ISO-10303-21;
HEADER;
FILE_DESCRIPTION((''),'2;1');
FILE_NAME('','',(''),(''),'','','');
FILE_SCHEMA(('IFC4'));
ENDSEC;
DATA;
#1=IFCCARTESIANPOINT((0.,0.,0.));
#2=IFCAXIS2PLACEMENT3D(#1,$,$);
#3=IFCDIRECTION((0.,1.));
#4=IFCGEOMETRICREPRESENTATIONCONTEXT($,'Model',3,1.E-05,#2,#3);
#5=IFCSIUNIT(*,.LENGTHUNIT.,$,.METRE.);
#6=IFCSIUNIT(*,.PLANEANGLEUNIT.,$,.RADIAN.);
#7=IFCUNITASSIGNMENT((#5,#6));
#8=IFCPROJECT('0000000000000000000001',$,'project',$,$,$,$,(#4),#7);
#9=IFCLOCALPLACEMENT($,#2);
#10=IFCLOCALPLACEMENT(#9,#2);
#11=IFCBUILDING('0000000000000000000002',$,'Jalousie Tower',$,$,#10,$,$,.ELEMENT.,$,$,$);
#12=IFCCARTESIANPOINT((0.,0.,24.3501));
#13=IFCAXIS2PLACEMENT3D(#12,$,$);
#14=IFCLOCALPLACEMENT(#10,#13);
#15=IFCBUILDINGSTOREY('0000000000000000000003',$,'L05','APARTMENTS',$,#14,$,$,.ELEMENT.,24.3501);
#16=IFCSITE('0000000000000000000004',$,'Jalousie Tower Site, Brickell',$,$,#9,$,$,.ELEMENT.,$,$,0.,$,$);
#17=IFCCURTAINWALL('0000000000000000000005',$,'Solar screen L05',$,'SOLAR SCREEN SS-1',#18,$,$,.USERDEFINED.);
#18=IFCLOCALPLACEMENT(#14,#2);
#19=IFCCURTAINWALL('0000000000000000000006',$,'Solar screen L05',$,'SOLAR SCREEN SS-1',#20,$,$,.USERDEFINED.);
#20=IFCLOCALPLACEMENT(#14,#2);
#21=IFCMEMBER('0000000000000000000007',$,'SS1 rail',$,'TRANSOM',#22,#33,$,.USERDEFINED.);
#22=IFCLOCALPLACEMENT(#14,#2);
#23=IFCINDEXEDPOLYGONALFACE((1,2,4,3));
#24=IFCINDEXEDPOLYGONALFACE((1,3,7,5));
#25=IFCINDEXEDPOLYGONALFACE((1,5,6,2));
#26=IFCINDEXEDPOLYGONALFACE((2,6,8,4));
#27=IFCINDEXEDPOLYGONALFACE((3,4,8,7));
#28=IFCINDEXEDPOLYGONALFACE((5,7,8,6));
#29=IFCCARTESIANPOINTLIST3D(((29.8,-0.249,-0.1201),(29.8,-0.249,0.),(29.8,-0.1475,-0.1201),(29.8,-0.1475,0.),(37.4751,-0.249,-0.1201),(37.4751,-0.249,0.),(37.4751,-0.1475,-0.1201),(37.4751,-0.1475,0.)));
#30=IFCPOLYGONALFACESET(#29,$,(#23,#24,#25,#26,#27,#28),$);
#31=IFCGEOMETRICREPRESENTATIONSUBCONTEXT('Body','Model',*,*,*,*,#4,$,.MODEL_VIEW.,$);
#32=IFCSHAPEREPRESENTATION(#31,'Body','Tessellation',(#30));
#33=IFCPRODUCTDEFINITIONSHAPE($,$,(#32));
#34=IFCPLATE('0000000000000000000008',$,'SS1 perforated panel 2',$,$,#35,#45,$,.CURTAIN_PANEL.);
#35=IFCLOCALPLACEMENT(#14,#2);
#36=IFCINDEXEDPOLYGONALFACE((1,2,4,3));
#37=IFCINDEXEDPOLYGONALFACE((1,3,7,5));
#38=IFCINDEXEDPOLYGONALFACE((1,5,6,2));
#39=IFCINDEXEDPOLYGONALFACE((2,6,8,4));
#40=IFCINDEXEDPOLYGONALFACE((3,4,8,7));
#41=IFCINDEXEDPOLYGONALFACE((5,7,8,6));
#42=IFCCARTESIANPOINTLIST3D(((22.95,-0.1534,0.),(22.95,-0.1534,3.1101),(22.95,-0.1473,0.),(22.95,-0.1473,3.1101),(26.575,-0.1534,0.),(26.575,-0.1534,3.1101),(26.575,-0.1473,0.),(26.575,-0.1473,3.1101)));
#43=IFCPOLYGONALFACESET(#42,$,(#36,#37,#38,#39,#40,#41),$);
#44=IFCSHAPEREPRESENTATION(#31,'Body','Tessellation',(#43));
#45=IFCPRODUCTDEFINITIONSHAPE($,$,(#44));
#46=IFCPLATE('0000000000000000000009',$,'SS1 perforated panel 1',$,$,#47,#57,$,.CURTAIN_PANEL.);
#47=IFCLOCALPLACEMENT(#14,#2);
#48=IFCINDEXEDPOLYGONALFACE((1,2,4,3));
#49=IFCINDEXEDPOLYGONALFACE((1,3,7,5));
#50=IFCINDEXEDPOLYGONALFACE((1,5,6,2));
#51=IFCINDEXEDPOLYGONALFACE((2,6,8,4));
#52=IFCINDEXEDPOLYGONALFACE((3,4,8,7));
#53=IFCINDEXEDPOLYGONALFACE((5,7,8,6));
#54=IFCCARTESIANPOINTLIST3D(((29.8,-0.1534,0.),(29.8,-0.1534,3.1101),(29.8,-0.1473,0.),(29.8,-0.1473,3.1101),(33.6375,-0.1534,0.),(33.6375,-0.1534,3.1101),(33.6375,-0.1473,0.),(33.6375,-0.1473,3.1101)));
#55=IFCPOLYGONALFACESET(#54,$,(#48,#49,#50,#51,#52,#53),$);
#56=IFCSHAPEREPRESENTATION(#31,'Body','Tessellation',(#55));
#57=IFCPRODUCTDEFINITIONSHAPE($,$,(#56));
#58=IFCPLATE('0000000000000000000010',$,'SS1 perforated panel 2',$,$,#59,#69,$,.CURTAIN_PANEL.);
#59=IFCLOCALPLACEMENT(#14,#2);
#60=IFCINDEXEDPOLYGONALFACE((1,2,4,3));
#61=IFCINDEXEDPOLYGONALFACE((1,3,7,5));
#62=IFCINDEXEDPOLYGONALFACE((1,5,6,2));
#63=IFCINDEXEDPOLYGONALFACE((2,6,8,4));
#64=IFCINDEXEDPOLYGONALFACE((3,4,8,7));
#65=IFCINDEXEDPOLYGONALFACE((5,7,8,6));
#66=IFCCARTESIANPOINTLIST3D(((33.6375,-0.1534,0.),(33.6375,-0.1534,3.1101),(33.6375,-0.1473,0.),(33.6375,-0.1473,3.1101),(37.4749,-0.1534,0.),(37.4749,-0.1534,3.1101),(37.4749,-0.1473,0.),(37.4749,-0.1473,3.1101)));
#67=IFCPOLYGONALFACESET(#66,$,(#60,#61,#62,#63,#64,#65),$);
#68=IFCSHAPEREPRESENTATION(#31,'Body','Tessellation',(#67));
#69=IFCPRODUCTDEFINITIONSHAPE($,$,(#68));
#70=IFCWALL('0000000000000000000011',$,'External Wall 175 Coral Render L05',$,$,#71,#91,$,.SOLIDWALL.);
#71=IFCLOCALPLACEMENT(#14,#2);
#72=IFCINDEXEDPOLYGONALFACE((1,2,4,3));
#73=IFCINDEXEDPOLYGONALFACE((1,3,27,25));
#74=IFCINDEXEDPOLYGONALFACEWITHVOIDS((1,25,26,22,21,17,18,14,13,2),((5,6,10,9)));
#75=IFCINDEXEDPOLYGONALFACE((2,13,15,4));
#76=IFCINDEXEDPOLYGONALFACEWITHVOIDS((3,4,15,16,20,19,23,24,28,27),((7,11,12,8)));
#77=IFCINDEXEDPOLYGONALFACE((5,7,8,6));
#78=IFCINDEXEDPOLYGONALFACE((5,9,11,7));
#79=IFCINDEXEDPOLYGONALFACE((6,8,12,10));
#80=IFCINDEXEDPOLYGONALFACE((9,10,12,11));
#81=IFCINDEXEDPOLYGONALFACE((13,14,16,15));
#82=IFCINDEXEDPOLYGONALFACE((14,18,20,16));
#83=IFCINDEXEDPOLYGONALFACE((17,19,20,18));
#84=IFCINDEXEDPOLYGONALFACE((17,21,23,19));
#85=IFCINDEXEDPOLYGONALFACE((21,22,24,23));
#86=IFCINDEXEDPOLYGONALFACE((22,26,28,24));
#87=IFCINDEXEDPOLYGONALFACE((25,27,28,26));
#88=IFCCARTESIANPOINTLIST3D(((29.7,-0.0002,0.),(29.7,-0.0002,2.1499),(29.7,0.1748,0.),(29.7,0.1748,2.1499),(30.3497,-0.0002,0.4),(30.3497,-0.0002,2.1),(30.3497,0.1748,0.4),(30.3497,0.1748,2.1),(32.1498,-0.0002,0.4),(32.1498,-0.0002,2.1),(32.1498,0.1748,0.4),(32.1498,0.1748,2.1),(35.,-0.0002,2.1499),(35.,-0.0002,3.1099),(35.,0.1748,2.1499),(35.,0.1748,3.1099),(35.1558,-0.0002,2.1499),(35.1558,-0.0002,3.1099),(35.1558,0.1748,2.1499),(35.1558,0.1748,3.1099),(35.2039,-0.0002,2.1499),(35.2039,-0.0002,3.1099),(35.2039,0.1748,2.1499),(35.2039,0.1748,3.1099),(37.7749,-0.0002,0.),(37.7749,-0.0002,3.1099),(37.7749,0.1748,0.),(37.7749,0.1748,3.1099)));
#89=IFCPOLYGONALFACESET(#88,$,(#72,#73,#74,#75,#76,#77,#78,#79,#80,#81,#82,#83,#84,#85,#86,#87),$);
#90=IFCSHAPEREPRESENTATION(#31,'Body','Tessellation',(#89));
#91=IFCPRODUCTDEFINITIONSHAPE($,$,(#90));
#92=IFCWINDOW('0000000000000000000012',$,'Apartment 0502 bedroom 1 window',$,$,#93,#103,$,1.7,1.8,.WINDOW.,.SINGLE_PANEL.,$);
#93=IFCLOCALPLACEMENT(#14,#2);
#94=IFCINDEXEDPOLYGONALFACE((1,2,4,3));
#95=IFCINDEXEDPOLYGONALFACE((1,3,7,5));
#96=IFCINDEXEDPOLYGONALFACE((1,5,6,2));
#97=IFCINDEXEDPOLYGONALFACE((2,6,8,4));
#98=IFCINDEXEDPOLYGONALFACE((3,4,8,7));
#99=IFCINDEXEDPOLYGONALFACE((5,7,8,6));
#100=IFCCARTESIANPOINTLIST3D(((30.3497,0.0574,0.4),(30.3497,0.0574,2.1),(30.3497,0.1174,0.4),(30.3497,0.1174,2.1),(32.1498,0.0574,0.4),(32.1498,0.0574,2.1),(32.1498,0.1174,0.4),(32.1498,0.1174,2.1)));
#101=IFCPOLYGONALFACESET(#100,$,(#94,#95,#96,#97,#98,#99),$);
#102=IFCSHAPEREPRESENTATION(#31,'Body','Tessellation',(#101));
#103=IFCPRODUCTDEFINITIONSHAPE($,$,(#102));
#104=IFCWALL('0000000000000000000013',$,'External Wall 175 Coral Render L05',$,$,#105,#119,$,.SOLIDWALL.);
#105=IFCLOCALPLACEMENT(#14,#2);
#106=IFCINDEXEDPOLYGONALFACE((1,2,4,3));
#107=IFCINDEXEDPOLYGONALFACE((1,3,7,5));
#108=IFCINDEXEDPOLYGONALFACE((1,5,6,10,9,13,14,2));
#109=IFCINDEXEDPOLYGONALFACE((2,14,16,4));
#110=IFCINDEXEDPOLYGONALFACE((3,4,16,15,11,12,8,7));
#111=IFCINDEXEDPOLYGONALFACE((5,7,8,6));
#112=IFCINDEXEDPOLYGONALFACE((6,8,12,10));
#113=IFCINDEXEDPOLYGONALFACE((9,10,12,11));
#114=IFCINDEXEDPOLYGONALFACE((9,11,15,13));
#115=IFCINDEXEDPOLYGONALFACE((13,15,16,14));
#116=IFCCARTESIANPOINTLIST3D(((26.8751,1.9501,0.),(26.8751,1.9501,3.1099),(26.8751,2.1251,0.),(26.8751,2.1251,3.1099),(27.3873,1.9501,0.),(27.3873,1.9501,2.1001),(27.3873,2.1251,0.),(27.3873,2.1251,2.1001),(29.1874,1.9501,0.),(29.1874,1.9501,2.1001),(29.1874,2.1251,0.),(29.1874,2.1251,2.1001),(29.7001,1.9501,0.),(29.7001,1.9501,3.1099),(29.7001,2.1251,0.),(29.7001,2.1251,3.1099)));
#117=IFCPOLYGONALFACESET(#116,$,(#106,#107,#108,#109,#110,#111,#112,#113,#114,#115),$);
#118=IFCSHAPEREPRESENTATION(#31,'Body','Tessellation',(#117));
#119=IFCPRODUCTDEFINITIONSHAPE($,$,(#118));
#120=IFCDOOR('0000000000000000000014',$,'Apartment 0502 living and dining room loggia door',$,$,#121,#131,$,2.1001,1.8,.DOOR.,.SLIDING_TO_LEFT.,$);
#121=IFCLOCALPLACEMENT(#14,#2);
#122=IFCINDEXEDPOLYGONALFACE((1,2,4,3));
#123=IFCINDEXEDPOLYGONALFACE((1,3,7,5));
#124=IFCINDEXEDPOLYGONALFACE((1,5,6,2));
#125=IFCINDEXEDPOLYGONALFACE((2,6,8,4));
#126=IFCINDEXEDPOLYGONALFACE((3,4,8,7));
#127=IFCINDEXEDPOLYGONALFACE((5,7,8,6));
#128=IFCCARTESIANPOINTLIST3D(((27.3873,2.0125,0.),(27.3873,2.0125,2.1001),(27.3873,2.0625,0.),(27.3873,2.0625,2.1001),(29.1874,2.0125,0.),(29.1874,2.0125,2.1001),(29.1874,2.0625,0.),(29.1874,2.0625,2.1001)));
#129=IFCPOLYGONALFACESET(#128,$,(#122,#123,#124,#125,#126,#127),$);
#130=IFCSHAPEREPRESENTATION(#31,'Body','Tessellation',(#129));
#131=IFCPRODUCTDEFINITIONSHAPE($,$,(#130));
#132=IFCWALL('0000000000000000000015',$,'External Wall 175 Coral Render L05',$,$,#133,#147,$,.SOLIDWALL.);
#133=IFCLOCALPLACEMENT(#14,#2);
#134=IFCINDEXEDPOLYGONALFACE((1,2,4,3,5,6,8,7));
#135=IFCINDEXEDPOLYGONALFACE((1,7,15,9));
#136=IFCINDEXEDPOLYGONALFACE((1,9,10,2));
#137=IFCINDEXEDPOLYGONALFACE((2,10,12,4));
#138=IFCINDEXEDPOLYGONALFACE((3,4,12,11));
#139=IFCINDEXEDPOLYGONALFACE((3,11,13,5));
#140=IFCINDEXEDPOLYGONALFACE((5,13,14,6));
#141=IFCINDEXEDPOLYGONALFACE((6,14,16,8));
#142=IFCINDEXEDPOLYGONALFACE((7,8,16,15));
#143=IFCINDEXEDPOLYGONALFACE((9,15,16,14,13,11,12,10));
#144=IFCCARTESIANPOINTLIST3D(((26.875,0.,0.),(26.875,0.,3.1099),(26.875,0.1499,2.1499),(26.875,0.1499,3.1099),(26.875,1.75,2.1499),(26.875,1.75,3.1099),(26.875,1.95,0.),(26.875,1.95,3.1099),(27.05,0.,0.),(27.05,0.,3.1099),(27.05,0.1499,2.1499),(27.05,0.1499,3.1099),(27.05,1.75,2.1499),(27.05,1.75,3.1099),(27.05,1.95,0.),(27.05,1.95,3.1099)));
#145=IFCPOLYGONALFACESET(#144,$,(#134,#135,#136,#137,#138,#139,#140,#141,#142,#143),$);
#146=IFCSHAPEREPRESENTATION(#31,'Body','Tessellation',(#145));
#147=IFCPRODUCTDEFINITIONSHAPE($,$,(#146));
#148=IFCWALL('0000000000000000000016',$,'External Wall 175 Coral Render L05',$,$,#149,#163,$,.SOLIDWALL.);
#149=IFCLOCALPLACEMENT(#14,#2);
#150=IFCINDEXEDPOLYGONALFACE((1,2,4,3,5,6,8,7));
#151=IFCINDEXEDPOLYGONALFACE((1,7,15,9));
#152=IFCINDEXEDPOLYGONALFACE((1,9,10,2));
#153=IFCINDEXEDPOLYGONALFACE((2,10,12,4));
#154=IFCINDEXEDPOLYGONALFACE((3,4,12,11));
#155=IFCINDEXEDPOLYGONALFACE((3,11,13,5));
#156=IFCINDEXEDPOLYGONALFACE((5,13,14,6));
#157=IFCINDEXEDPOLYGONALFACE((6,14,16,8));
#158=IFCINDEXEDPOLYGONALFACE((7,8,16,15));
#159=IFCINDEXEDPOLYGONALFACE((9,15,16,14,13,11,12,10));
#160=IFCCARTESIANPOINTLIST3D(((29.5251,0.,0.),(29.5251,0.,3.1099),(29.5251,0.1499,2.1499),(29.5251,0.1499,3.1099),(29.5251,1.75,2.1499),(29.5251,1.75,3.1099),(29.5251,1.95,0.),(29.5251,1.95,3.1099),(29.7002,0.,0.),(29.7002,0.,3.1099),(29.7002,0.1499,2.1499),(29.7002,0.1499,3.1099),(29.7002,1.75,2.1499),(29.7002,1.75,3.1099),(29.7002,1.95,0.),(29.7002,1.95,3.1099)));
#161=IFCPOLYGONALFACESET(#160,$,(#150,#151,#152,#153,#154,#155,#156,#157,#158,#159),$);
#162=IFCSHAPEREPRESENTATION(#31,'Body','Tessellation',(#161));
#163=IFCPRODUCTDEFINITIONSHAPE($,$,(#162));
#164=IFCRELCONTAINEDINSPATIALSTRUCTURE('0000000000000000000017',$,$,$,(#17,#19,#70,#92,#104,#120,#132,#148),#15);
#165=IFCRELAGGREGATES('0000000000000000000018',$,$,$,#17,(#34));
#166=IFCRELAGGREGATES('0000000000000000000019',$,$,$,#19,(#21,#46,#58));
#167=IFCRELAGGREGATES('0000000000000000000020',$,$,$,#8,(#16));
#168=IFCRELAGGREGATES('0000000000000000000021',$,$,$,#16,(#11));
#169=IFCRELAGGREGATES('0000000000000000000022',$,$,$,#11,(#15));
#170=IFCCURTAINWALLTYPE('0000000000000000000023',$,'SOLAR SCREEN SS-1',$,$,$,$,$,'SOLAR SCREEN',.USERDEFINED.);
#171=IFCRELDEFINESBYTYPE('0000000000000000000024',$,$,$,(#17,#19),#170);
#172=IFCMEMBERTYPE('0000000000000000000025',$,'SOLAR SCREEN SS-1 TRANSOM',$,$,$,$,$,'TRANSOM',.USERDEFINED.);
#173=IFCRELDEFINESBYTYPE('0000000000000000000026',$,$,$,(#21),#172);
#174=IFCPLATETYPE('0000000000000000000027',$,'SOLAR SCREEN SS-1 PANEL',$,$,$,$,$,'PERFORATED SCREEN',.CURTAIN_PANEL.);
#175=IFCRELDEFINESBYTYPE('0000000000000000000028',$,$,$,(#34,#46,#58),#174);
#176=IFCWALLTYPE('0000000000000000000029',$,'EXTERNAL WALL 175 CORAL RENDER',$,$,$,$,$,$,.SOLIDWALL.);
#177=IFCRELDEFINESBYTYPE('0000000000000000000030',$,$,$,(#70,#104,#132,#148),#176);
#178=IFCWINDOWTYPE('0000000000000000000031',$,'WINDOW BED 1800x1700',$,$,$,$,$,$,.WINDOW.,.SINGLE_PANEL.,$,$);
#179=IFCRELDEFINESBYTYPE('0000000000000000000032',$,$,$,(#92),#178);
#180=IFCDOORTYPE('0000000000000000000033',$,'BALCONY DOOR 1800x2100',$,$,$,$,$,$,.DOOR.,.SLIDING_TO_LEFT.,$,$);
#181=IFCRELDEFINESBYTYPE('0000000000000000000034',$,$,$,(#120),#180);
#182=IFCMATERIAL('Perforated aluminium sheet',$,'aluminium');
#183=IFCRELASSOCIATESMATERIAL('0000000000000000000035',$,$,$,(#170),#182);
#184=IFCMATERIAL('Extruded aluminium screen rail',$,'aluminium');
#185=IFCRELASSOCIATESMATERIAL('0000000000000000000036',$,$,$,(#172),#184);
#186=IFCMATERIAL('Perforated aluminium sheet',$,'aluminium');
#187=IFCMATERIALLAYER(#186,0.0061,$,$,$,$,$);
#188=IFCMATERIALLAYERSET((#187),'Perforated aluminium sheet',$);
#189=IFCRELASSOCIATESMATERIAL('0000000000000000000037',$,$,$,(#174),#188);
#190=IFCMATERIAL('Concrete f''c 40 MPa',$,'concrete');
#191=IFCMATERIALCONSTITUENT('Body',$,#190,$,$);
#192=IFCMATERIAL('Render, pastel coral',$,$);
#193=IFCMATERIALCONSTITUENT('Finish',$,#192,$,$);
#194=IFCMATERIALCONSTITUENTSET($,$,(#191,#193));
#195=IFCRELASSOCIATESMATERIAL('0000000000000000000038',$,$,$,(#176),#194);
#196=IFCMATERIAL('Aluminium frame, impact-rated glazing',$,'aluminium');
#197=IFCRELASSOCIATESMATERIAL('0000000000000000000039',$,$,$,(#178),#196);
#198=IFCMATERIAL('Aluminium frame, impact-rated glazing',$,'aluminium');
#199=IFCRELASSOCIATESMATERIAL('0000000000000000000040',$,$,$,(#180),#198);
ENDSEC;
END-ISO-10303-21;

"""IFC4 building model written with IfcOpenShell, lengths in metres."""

from ifc_helpers import new_model, si_unit, direction, frame, frame_2d, origin, origin_2d, place, context, subcontext, project, spatial, polyline, rectangle, outline, extrude, material, layer, layer_set, constituent, constituent_set, material_profile, profile_set, type_object, element, fill, aggregate, save


model = new_model("IFC4")

# Units and contexts
model_context = context("Model", 3, precision=1e-05, world=origin(), true_north=direction((0.0, 1.0)))
body_context = subcontext(model_context, "Body", "Model", "MODEL_VIEW")
ifc_project = project(units=[si_unit("LENGTHUNIT", "METRE"), si_unit("PLANEANGLEUNIT", "RADIAN")], contexts=[model_context])

# Site, building, storey
site_placement = place(None, origin())
site = spatial("IfcSite", under=ifc_project, at=site_placement, Name="Jalousie Tower Site, Brickell", CompositionType="ELEMENT", RefElevation=0.0)
building_placement = place(site_placement, origin())
building = spatial("IfcBuilding", under=site, at=building_placement, Name="Jalousie Tower", CompositionType="ELEMENT")
storey_placement = place(building_placement, frame((0.0, 0.0, 24.3501)))
storey = spatial("IfcBuildingStorey", under=building, at=storey_placement, Name="L05", Description="APARTMENTS", CompositionType="ELEMENT", Elevation=24.3501)

# Curtain wall
ifc_material_1 = material(Name="Perforated aluminium sheet", Category="aluminium")
curtain_wall_type = type_object("IfcCurtainWallType", Name="SOLAR SCREEN SS-1", ElementType="SOLAR SCREEN", PredefinedType="USERDEFINED", material=ifc_material_1)
curtain_wall_1_placement = place(storey_placement, origin())
curtain_wall_1 = element("IfcCurtainWall", 1, at=curtain_wall_1_placement, inside=storey, type_object=curtain_wall_type, Name="Solar screen L05", ObjectType="SOLAR SCREEN SS-1", PredefinedType="USERDEFINED")

# Curtain wall, member
curtain_wall_2_placement = place(storey_placement, origin())
curtain_wall_2 = element("IfcCurtainWall", 2, at=curtain_wall_2_placement, inside=storey, type_object=curtain_wall_type, Name="Solar screen L05", ObjectType="SOLAR SCREEN SS-1", PredefinedType="USERDEFINED")
ifc_material_2 = material(Name="Extruded aluminium screen rail", Category="aluminium")
ifc_material_profile_1 = material_profile(ifc_material_2, rectangle(XDim=0.1016, YDim=0.1201, at=origin_2d()), Name="RAIL 102x120")
ifc_profile_set_1 = profile_set([ifc_material_profile_1], Name="Extruded aluminium screen rail")
member_type_1 = type_object("IfcMemberType", Name="SOLAR SCREEN SS-1 TRANSOM", ElementType="TRANSOM", PredefinedType="USERDEFINED", material=ifc_profile_set_1)
member_1_placement = place(storey_placement, frame((29.8, -0.1982, -0.0601), z_axis=(1.0, 0.0, 0.0), x_axis=(0.0, 1.0, 0.0)))
member_1 = element("IfcMember", 3, at=member_1_placement, type_object=member_type_1, Name="SS1 rail", ObjectType="TRANSOM", PredefinedType="USERDEFINED", context=body_context, shape_type="SweptSolid", body=[
    extrude(rectangle(XDim=0.1016, YDim=0.1201, at=origin_2d()), origin(), (0.0, 0.0, 1.0), 7.675),
])

# Plates
ifc_material_3 = material(Name="Perforated aluminium sheet", Category="aluminium")
ifc_layer_1 = layer(ifc_material_3, 0.0061)
ifc_layer_set_1 = layer_set([ifc_layer_1], Name="Perforated aluminium sheet")
plate_type = type_object("IfcPlateType", Name="SOLAR SCREEN SS-1 PANEL", ElementType="PERFORATED SCREEN", PredefinedType="CURTAIN_PANEL", material=ifc_layer_set_1)
plate_1_placement = place(storey_placement, frame((24.7625, -0.1504, 0.0), z_axis=(0.0, 0.0, 1.0), x_axis=(1.0, 0.0, 0.0)))
plate_1 = element("IfcPlate", 4, at=plate_1_placement, type_object=plate_type, Name="SS1 perforated panel 2", PredefinedType="CURTAIN_PANEL", context=body_context, shape_type="SweptSolid", body=[
    extrude(rectangle(XDim=3.625, YDim=0.0061, at=origin_2d()), origin(), (0.0, 0.0, 1.0), 3.1101),
])
aggregate(curtain_wall_1, [plate_1])
plate_2_placement = place(storey_placement, frame((31.7188, -0.1504, 0.0), z_axis=(0.0, 0.0, 1.0), x_axis=(1.0, 0.0, 0.0)))
plate_2 = element("IfcPlate", 5, at=plate_2_placement, type_object=plate_type, Name="SS1 perforated panel 1", PredefinedType="CURTAIN_PANEL", context=body_context, shape_type="SweptSolid", body=[
    extrude(rectangle(XDim=3.8374, YDim=0.0061, at=origin_2d()), origin(), (0.0, 0.0, 1.0), 3.1101),
])
plate_3_placement = place(storey_placement, frame((35.5562, -0.1504, 0.0), z_axis=(0.0, 0.0, 1.0), x_axis=(1.0, 0.0, 0.0)))
plate_3 = element("IfcPlate", 6, at=plate_3_placement, type_object=plate_type, Name="SS1 perforated panel 2", PredefinedType="CURTAIN_PANEL", context=body_context, shape_type="SweptSolid", body=[
    extrude(rectangle(XDim=3.8374, YDim=0.0061, at=origin_2d()), origin(), (0.0, 0.0, 1.0), 3.1101),
])
aggregate(curtain_wall_2, [member_1, plate_2, plate_3])

# Wall, opening, window
ifc_material_4 = material(Name="Concrete f'c 40 MPa", Category="concrete")
ifc_constituent_1 = constituent(ifc_material_4, Name="Body")
ifc_material_5 = material(Name="Render, pastel coral")
ifc_constituent_2 = constituent(ifc_material_5, Name="Finish")
ifc_constituent_set_1 = constituent_set(constituents=[ifc_constituent_1, ifc_constituent_2])
wall_type_1 = type_object("IfcWallType", Name="EXTERNAL WALL 175 CORAL RENDER", PredefinedType="SOLIDWALL", material=ifc_constituent_set_1)
wall_1_placement = place(storey_placement, frame((29.7, 0.0874, 0.0), z_axis=(0.0, 0.0, 1.0), x_axis=(1.0, 0.0, 0.0)))
wall_1 = element("IfcWall", 7, at=wall_1_placement, inside=storey, type_object=wall_type_1, Name="External Wall 175 Coral Render L05", PredefinedType="SOLIDWALL", context=body_context, shape_type="SweptSolid", body=[
    extrude(outline(polyline([(0.0, 0.0), (8.075, 0.0), (8.075, 3.1099), (5.5039, 3.1099), (5.5039, 2.1499), (5.4558, 2.1499), (5.4558, 3.1099), (5.3, 3.1099), (5.3, 2.1499), (0.0, 2.1499), (0.0, 0.0)])), frame((0.0, 0.0874, 0.0), z_axis=(0.0, -1.0, 0.0), x_axis=(1.0, 0.0, 0.0)), (0.0, 0.0, 1.0), 0.175),
])
opening_1_placement = place(wall_1_placement, frame((0.6499, 0.0, 0.3999)))
opening_1 = element("IfcOpeningElement", 8, at=opening_1_placement, cuts=wall_1, PredefinedType="OPENING", context=body_context, shape_type="SweptSolid", body=[
    extrude(rectangle(XDim=1.8, YDim=1.7, at=frame_2d((0.8999, 0.8501))), frame((0.0, 0.0974, 0.0), z_axis=(0.0, -1.0, 0.0), x_axis=(1.0, 0.0, 0.0)), (0.0, 0.0, 1.0), 0.1951),
])
ifc_material_6 = material(Name="Aluminium frame, impact-rated glazing", Category="aluminium")
window_type = type_object("IfcWindowType", Name="WINDOW BED 1800x1700", PartitioningType="SINGLE_PANEL", PredefinedType="WINDOW", material=ifc_material_6)
window_placement = place(opening_1_placement, origin())
window = element("IfcWindow", 9, at=window_placement, inside=storey, type_object=window_type, Name="Apartment 0502 bedroom 1 window", OverallHeight=1.7, OverallWidth=1.8, PartitioningType="SINGLE_PANEL", PredefinedType="WINDOW", context=body_context, shape_type="SweptSolid", body=[
    extrude(rectangle(XDim=1.8, YDim=1.7, at=frame_2d((0.8999, 0.8501))), frame((0.0, 0.03, 0.0), z_axis=(0.0, -1.0, 0.0), x_axis=(1.0, 0.0, 0.0)), (0.0, 0.0, 1.0), 0.0601),
])
fill(opening_1, window)

# Wall, opening, door
wall_2_placement = place(storey_placement, frame((26.875, 2.0376, 0.0), z_axis=(0.0, 0.0, 1.0), x_axis=(1.0, 0.0, 0.0)))
wall_2 = element("IfcWall", 10, at=wall_2_placement, inside=storey, type_object=wall_type_1, Name="External Wall 175 Coral Render L05", PredefinedType="SOLIDWALL", context=body_context, shape_type="SweptSolid", body=[
    extrude(rectangle(XDim=2.825, YDim=0.175, at=frame_2d((1.4126, 0.0))), origin(), (0.0, 0.0, 1.0), 3.1099),
])
opening_2_placement = place(wall_2_placement, frame((0.5125, 0.0, 0.0)))
opening_2 = element("IfcOpeningElement", 11, at=opening_2_placement, cuts=wall_2, PredefinedType="OPENING", context=body_context, shape_type="SweptSolid", body=[
    extrude(rectangle(XDim=1.8, YDim=2.1001, at=frame_2d((0.8999, 1.05))), frame((0.0, 0.0974, 0.0), z_axis=(0.0, -1.0, 0.0), x_axis=(1.0, 0.0, 0.0)), (0.0, 0.0, 1.0), 0.1951),
])
ifc_material_7 = material(Name="Aluminium frame, impact-rated glazing", Category="aluminium")
door_type_1 = type_object("IfcDoorType", Name="BALCONY DOOR 1800x2100", OperationType="SLIDING_TO_LEFT", PredefinedType="DOOR", material=ifc_material_7)
door_1_placement = place(opening_2_placement, origin())
door_1 = element("IfcDoor", 12, at=door_1_placement, inside=storey, type_object=door_type_1, Name="Apartment 0502 living and dining room loggia door", OperationType="SLIDING_TO_LEFT", OverallHeight=2.1001, OverallWidth=1.8, PredefinedType="DOOR", context=body_context, shape_type="SweptSolid", body=[
    extrude(rectangle(XDim=1.8, YDim=2.1001, at=frame_2d((0.8999, 1.05))), frame((0.0, 0.0249, 0.0), z_axis=(0.0, -1.0, 0.0), x_axis=(1.0, 0.0, 0.0)), (0.0, 0.0, 1.0), 0.05),
])
fill(opening_2, door_1)

# Walls
for number, where, z_axis, x_axis, name in (
    (13, (26.9624, 0.0, 0.0), (0.0, 0.0, 1.0), (0.0, 1.0, 0.0), "External Wall 175 Coral Render L05"),
    (14, (29.6125, 0.0, 0.0), (0.0, 0.0, 1.0), (0.0, 1.0, 0.0), "External Wall 175 Coral Render L05"),
):
    element("IfcWall", number, at=place(storey_placement, frame(where, z_axis=z_axis, x_axis=x_axis)), inside=storey, type_object=wall_type_1, Name=name, PredefinedType="SOLIDWALL", context=body_context, shape_type="SweptSolid", body=[
        extrude(outline(polyline([(0.0, 0.0), (1.95, 0.0), (1.95, 3.1099), (1.75, 3.1099), (1.75, 2.1499), (0.1499, 2.1499), (0.1499, 3.1099), (0.0, 3.1099), (0.0, 0.0)])), frame((0.0, 0.0874, 0.0), z_axis=(0.0, -1.0, 0.0), x_axis=(1.0, 0.0, 0.0)), (0.0, 0.0, 1.0), 0.175),
    ])

save(model, "model.ifc")
